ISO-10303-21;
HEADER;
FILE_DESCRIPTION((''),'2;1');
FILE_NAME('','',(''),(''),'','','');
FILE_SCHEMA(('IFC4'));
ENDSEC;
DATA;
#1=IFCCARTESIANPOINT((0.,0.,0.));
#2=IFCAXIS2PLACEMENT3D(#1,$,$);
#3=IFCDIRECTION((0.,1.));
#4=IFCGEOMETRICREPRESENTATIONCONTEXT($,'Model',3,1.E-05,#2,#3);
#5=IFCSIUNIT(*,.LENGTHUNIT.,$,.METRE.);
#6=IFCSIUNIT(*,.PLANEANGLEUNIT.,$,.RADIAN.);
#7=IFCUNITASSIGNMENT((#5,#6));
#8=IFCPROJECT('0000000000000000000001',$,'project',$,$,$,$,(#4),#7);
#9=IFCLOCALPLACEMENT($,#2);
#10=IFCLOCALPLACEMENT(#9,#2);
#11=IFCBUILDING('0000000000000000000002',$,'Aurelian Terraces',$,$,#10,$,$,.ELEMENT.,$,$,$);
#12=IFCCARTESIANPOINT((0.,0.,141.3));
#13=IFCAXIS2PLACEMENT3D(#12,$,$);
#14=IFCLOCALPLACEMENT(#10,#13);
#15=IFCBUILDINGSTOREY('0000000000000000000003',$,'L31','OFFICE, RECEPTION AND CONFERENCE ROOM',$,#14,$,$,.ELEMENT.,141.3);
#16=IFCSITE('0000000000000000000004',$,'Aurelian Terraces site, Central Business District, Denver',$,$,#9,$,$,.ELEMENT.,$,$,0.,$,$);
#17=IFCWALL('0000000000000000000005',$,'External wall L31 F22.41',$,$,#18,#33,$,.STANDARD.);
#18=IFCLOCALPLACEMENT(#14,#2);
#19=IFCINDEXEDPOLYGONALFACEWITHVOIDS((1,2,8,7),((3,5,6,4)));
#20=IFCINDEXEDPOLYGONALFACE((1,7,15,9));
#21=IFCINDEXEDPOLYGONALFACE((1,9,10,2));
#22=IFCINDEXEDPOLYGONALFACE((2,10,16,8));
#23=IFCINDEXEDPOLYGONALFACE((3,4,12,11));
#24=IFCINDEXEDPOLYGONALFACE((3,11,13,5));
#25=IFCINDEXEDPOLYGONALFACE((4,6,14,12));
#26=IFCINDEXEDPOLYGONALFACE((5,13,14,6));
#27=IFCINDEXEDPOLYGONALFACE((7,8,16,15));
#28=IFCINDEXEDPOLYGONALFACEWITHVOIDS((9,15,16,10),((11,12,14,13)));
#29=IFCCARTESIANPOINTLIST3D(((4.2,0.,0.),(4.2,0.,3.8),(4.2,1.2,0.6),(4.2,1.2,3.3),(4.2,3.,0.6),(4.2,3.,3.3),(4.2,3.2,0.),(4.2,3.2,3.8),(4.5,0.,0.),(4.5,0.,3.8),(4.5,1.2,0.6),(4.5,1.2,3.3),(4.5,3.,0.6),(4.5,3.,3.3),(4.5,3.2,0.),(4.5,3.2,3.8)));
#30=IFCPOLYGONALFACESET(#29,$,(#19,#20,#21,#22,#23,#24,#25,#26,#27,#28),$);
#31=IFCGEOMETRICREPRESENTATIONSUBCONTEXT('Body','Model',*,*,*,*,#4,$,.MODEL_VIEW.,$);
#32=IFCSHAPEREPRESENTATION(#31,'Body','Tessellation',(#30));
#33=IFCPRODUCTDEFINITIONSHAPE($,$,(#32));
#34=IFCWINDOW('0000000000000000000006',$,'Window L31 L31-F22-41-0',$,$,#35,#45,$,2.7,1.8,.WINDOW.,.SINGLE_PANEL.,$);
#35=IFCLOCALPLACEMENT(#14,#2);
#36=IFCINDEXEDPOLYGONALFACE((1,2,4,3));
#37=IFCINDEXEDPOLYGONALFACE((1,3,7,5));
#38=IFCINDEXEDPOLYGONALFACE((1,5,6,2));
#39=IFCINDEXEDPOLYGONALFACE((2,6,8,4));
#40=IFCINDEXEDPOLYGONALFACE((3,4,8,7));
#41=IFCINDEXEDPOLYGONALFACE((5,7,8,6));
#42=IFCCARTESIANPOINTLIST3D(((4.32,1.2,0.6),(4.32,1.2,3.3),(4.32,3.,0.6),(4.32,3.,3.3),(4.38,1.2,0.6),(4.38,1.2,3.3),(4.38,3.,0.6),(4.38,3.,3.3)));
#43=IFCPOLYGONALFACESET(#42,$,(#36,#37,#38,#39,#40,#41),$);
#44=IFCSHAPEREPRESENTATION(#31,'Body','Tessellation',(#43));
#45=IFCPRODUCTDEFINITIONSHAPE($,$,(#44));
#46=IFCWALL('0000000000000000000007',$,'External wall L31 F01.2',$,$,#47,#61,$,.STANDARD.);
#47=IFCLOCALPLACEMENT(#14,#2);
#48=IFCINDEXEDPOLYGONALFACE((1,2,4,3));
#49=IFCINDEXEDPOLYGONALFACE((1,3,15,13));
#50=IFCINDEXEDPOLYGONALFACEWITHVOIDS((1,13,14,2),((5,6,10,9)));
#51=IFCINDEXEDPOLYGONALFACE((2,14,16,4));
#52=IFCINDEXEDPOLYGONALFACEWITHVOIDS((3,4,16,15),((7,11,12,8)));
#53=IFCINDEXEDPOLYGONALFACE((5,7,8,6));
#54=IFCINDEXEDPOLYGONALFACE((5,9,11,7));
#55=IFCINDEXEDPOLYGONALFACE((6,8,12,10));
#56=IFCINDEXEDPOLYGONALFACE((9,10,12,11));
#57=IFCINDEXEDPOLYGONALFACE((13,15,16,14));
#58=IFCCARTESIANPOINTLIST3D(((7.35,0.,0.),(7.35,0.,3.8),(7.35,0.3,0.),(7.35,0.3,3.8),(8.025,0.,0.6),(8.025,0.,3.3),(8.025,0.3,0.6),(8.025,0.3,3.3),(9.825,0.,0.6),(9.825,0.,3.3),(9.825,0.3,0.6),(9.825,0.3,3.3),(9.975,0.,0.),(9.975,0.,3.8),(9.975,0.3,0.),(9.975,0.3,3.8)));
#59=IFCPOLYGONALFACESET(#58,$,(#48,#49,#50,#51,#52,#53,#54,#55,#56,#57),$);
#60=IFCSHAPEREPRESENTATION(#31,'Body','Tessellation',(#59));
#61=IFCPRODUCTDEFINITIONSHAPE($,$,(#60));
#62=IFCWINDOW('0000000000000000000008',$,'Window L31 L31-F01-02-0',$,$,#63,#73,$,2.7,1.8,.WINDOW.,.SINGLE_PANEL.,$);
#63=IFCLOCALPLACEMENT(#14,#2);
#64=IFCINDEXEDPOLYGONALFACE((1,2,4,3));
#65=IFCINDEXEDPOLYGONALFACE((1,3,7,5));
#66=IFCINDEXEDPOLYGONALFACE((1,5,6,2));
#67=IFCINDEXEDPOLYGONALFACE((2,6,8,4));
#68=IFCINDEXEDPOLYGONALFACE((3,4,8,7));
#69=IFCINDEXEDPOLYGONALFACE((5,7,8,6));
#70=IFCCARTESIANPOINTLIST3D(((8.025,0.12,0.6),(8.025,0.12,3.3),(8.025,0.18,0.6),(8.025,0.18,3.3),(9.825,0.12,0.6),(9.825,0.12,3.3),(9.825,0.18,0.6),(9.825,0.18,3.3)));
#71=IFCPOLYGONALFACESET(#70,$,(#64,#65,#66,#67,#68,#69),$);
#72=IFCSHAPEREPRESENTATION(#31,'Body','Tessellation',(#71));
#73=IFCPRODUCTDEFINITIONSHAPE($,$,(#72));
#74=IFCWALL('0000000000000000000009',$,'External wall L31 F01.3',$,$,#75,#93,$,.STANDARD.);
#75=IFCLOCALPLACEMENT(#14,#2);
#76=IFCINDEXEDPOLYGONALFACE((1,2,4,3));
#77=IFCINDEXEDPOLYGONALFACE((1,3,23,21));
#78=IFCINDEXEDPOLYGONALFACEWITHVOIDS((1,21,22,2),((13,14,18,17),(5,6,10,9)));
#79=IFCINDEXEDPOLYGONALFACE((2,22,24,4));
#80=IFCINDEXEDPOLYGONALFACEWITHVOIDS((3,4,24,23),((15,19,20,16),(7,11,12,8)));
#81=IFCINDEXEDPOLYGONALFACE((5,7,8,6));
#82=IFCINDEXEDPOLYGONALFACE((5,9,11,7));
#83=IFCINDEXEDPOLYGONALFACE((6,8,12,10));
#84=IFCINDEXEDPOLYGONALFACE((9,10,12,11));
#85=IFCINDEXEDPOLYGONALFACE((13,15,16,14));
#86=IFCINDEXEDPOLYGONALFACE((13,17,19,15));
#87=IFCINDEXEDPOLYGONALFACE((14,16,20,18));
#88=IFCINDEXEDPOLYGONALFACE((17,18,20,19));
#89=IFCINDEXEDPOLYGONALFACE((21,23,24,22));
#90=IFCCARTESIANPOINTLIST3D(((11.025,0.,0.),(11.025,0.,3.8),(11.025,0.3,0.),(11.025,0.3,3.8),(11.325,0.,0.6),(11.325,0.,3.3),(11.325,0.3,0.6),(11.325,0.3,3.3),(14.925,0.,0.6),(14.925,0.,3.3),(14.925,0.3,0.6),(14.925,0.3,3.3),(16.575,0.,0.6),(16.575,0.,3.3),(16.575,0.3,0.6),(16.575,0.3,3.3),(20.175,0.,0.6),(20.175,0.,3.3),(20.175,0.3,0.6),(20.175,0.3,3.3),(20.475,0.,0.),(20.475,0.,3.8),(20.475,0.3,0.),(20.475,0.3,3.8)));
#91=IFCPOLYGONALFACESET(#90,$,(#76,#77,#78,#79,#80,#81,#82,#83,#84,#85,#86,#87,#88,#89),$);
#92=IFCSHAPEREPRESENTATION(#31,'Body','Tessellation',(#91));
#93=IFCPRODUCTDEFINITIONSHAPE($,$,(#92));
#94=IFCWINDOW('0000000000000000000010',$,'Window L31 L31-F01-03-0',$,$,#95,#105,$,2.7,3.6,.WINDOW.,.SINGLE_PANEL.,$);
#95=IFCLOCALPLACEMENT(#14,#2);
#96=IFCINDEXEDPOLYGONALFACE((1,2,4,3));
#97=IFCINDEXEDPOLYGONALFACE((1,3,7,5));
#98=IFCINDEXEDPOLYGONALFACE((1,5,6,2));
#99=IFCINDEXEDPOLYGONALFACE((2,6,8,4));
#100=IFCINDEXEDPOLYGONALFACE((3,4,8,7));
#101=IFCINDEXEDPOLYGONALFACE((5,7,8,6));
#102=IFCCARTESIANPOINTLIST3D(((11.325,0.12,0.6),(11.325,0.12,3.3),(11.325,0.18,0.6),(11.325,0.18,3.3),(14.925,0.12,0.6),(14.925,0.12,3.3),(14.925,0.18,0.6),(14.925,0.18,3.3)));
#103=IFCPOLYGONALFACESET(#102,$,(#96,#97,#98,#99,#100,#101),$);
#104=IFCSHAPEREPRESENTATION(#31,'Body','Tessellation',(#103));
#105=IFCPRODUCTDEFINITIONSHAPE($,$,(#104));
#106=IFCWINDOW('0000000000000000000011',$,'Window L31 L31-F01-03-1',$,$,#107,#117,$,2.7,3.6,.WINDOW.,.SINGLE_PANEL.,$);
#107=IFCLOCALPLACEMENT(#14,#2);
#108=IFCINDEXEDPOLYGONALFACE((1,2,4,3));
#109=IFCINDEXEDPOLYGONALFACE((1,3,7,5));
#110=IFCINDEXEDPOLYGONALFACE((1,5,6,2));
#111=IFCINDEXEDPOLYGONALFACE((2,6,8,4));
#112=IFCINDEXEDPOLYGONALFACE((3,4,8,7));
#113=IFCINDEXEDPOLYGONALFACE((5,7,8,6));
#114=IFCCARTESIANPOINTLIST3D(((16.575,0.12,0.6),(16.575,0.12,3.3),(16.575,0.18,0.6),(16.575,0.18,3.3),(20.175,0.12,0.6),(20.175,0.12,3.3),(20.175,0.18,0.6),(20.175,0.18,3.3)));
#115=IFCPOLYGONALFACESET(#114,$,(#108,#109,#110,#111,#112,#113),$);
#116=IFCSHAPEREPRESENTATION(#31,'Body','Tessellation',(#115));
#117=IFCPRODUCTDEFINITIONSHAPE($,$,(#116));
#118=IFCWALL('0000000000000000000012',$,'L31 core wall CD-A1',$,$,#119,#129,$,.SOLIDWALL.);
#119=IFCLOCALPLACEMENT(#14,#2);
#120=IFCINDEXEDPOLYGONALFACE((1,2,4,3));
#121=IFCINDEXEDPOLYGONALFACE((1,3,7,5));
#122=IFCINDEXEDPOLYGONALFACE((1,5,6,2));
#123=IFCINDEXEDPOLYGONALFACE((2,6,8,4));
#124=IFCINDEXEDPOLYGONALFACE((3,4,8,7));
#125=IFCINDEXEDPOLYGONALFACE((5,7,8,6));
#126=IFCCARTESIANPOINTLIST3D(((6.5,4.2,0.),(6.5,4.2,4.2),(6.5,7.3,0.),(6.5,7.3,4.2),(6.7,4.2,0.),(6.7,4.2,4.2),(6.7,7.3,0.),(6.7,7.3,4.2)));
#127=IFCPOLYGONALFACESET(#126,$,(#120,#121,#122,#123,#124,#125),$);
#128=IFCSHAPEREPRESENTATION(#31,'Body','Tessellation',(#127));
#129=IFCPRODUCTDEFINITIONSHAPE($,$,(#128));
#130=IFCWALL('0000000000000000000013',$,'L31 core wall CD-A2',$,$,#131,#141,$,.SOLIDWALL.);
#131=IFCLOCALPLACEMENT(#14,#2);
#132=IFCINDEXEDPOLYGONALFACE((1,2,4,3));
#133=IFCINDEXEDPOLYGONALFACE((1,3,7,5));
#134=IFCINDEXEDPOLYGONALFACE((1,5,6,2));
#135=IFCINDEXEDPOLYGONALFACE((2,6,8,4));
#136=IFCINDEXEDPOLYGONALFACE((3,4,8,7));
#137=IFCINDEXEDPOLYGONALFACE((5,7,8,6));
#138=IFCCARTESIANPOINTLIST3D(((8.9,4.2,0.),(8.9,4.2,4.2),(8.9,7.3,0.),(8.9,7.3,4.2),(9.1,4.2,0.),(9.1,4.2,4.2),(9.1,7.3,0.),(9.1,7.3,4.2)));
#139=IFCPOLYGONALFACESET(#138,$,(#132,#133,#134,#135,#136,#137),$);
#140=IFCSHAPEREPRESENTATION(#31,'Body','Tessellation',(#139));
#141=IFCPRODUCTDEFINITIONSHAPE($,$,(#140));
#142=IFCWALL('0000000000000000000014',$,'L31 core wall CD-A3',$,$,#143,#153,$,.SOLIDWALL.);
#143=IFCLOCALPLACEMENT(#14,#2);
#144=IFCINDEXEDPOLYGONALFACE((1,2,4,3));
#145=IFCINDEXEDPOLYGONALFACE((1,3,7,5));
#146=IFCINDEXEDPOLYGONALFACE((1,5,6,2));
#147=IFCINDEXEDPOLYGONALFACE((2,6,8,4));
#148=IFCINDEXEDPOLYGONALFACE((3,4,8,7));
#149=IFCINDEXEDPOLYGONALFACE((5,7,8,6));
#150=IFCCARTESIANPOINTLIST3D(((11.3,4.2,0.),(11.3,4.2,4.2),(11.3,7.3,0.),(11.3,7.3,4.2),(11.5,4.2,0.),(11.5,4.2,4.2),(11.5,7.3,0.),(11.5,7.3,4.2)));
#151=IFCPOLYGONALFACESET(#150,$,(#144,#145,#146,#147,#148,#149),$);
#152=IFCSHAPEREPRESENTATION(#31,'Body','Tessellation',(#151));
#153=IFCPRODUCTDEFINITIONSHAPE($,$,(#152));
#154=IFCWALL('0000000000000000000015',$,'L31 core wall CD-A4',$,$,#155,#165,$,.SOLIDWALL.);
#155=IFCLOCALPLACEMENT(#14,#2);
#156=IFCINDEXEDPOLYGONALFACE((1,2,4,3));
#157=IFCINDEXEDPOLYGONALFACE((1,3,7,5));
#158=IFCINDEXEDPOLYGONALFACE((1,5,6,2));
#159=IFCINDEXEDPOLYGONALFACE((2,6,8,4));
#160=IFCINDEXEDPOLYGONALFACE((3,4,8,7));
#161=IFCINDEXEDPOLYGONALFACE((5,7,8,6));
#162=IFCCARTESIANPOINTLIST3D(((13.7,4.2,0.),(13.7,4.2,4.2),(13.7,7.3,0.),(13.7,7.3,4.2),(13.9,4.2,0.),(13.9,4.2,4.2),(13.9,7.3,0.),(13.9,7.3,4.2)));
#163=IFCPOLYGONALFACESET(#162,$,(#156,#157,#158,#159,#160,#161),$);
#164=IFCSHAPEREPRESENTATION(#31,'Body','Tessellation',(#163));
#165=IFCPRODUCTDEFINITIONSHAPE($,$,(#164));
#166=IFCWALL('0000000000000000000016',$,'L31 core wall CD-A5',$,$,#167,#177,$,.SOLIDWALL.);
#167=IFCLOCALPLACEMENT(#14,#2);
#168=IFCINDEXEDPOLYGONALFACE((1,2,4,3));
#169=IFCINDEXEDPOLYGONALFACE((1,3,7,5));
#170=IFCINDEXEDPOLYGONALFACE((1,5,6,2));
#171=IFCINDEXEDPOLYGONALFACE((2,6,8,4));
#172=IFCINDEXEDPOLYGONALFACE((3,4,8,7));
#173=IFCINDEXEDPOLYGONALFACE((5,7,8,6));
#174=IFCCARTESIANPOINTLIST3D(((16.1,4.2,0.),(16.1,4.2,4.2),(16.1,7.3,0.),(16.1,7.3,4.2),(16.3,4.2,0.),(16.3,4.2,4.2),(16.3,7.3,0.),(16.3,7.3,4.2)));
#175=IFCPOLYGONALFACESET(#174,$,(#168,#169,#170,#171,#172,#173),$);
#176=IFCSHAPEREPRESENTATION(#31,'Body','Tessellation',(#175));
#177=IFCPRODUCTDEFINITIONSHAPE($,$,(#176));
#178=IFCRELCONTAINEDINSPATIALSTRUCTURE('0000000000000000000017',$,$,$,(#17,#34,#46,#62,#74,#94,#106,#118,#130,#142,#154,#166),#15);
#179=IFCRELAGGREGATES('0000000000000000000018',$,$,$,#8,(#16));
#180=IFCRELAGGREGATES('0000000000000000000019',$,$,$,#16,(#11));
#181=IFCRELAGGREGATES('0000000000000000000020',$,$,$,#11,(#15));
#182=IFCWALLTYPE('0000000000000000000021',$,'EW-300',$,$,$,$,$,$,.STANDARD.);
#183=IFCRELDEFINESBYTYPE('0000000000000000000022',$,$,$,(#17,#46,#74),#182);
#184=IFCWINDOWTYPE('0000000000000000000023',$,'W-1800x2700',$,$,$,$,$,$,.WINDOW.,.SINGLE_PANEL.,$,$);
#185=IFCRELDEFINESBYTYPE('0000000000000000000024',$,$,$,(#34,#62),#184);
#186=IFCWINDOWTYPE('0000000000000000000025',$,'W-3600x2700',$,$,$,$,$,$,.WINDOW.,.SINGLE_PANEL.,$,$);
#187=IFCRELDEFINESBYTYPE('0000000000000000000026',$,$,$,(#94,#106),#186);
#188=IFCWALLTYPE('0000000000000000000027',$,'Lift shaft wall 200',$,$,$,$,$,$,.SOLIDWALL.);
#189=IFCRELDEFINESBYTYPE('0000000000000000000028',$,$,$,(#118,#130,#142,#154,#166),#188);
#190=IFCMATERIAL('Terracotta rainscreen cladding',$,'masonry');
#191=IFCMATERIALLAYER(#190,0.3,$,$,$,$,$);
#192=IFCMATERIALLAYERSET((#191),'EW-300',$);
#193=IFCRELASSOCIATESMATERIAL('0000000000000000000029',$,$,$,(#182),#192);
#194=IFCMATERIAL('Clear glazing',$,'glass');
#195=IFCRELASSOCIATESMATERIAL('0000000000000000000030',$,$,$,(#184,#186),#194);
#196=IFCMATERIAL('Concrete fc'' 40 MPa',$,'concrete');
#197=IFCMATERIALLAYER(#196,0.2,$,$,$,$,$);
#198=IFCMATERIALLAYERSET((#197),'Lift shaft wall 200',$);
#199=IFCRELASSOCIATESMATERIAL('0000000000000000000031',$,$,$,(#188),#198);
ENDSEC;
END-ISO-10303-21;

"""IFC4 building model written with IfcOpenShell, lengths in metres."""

from ifc_helpers import new_model, si_unit, direction, frame, frame_2d, origin, place, context, subcontext, project, spatial, rectangle, extrude, source, transform, mapped, material, layer, layer_set, type_object, element, fill, save


model = new_model("IFC4")

# Units and contexts
model_context = context("Model", 3, precision=1e-05, world=origin(), true_north=direction((0.0, 1.0)))
body_context = subcontext(model_context, "Body", "Model", "MODEL_VIEW")
ifc_project = project(units=[si_unit("LENGTHUNIT", "METRE"), si_unit("PLANEANGLEUNIT", "RADIAN")], contexts=[model_context])

# Site, building, storey
site_placement = place(None, origin())
site = spatial("IfcSite", under=ifc_project, at=site_placement, Name="Aurelian Terraces site, Central Business District, Denver", CompositionType="ELEMENT", RefElevation=0.0)
building_placement = place(site_placement, origin())
building = spatial("IfcBuilding", under=site, at=building_placement, Name="Aurelian Terraces", CompositionType="ELEMENT")
storey_placement = place(building_placement, frame((0.0, 0.0, 141.3)))
storey = spatial("IfcBuildingStorey", under=building, at=storey_placement, Name="L31", Description="OFFICE, RECEPTION AND CONFERENCE ROOM", CompositionType="ELEMENT", Elevation=141.3)

# Shared definitions
ifc_material_1 = material(Name="Terracotta rainscreen cladding", Category="masonry")
ifc_layer_1 = layer(ifc_material_1, 0.3)
ifc_layer_set_1 = layer_set([ifc_layer_1], Name="EW-300")
wall_type_1 = type_object("IfcWallType", Name="EW-300", PredefinedType="STANDARD", material=ifc_layer_set_1)
ifc_material_2 = material(Name="Clear glazing", Category="glass")

# Walls, openings, windows
shared_shape_1 = source(origin(), body_context, "Body", "SweptSolid", [
    extrude(rectangle(XDim=3.2, YDim=0.3, at=frame_2d((1.6, 0.0))), origin(), (0.0, 0.0, 1.0), 3.8),
])
wall_1_placement = place(storey_placement, frame((4.35, 3.2, 0.0), z_axis=(0.0, 0.0, 1.0), x_axis=(0.0, -1.0, 0.0)))
wall_1 = element("IfcWall", 1, at=wall_1_placement, inside=storey, type_object=wall_type_1, Name="External wall L31 F22.41", PredefinedType="STANDARD", context=body_context, shape_type="MappedRepresentation", body=[
    mapped(shared_shape_1, transform((0.0, 0.0, 0.0), scale=1.0)),
])
shared_shape_2 = source(origin(), body_context, "Body", "SweptSolid", [
    extrude(rectangle(XDim=1.8, YDim=2.7, at=frame_2d((0.9, 1.35))), frame((0.0, 0.16, 0.0), z_axis=(0.0, -1.0, 0.0), x_axis=(1.0, 0.0, 0.0)), (0.0, 0.0, 1.0), 0.32),
])
opening_1_placement = place(wall_1_placement, frame((0.2, 0.0, 0.6)))
opening_1 = element("IfcOpeningElement", 2, at=opening_1_placement, cuts=wall_1, PredefinedType="OPENING", context=body_context, shape_type="MappedRepresentation", body=[
    mapped(shared_shape_2, transform((0.0, 0.0, 0.0), scale=1.0)),
])
window_type_1 = type_object("IfcWindowType", Name="W-1800x2700", PartitioningType="SINGLE_PANEL", PredefinedType="WINDOW", material=ifc_material_2)
shared_shape_3 = source(origin(), body_context, "Body", "SweptSolid", [
    extrude(rectangle(XDim=1.8, YDim=2.7, at=frame_2d((0.9, 1.35))), frame((0.0, 0.03, 0.0), z_axis=(0.0, -1.0, 0.0), x_axis=(1.0, 0.0, 0.0)), (0.0, 0.0, 1.0), 0.06),
])
window_1_placement = place(opening_1_placement, origin())
window_1 = element("IfcWindow", 3, at=window_1_placement, inside=storey, type_object=window_type_1, Name="Window L31 L31-F22-41-0", OverallHeight=2.7, OverallWidth=1.8, PartitioningType="SINGLE_PANEL", PredefinedType="WINDOW", context=body_context, shape_type="MappedRepresentation", body=[
    mapped(shared_shape_3, transform((0.0, 0.0, 0.0), scale=1.0)),
])
fill(opening_1, window_1)
shared_shape_4 = source(origin(), body_context, "Body", "SweptSolid", [
    extrude(rectangle(XDim=2.625, YDim=0.3, at=frame_2d((1.3125, 0.0))), origin(), (0.0, 0.0, 1.0), 3.8),
])
wall_2_placement = place(storey_placement, frame((7.35, 0.15, 0.0), z_axis=(0.0, 0.0, 1.0), x_axis=(1.0, 0.0, 0.0)))
wall_2 = element("IfcWall", 4, at=wall_2_placement, inside=storey, type_object=wall_type_1, Name="External wall L31 F01.2", PredefinedType="STANDARD", context=body_context, shape_type="MappedRepresentation", body=[
    mapped(shared_shape_4, transform((0.0, 0.0, 0.0), scale=1.0)),
])
opening_2_placement = place(wall_2_placement, frame((0.675, 0.0, 0.6)))
opening_2 = element("IfcOpeningElement", 5, at=opening_2_placement, cuts=wall_2, PredefinedType="OPENING", context=body_context, shape_type="MappedRepresentation", body=[
    mapped(shared_shape_2, transform((0.0, 0.0, 0.0), scale=1.0)),
])
window_2_placement = place(opening_2_placement, origin())
window_2 = element("IfcWindow", 6, at=window_2_placement, inside=storey, type_object=window_type_1, Name="Window L31 L31-F01-02-0", OverallHeight=2.7, OverallWidth=1.8, PartitioningType="SINGLE_PANEL", PredefinedType="WINDOW", context=body_context, shape_type="MappedRepresentation", body=[
    mapped(shared_shape_3, transform((0.0, 0.0, 0.0), scale=1.0)),
])
fill(opening_2, window_2)

# Wall, openings, windows
shared_shape_5 = source(origin(), body_context, "Body", "SweptSolid", [
    extrude(rectangle(XDim=9.45, YDim=0.3, at=frame_2d((4.725, 0.0))), origin(), (0.0, 0.0, 1.0), 3.8),
])
wall_3_placement = place(storey_placement, frame((11.025, 0.15, 0.0), z_axis=(0.0, 0.0, 1.0), x_axis=(1.0, 0.0, 0.0)))
wall_3 = element("IfcWall", 7, at=wall_3_placement, inside=storey, type_object=wall_type_1, Name="External wall L31 F01.3", PredefinedType="STANDARD", context=body_context, shape_type="MappedRepresentation", body=[
    mapped(shared_shape_5, transform((0.0, 0.0, 0.0), scale=1.0)),
])
shared_shape_6 = source(origin(), body_context, "Body", "SweptSolid", [
    extrude(rectangle(XDim=3.6, YDim=2.7, at=frame_2d((1.8, 1.35))), frame((0.0, 0.16, 0.0), z_axis=(0.0, -1.0, 0.0), x_axis=(1.0, 0.0, 0.0)), (0.0, 0.0, 1.0), 0.32),
])
opening_3_placement = place(wall_3_placement, frame((0.3, 0.0, 0.6)))
opening_3 = element("IfcOpeningElement", 8, at=opening_3_placement, cuts=wall_3, PredefinedType="OPENING", context=body_context, shape_type="MappedRepresentation", body=[
    mapped(shared_shape_6, transform((0.0, 0.0, 0.0), scale=1.0)),
])
opening_4_placement = place(wall_3_placement, frame((5.55, 0.0, 0.6)))
opening_4 = element("IfcOpeningElement", 9, at=opening_4_placement, cuts=wall_3, PredefinedType="OPENING", context=body_context, shape_type="MappedRepresentation", body=[
    mapped(shared_shape_6, transform((0.0, 0.0, 0.0), scale=1.0)),
])
window_type_2 = type_object("IfcWindowType", Name="W-3600x2700", PartitioningType="SINGLE_PANEL", PredefinedType="WINDOW", material=ifc_material_2)
shared_shape_7 = source(origin(), body_context, "Body", "SweptSolid", [
    extrude(rectangle(XDim=3.6, YDim=2.7, at=frame_2d((1.8, 1.35))), frame((0.0, 0.03, 0.0), z_axis=(0.0, -1.0, 0.0), x_axis=(1.0, 0.0, 0.0)), (0.0, 0.0, 1.0), 0.06),
])
window_3_placement = place(opening_3_placement, origin())
window_3 = element("IfcWindow", 10, at=window_3_placement, inside=storey, type_object=window_type_2, Name="Window L31 L31-F01-03-0", OverallHeight=2.7, OverallWidth=3.6, PartitioningType="SINGLE_PANEL", PredefinedType="WINDOW", context=body_context, shape_type="MappedRepresentation", body=[
    mapped(shared_shape_7, transform((0.0, 0.0, 0.0), scale=1.0)),
])
fill(opening_3, window_3)
window_4_placement = place(opening_4_placement, origin())
window_4 = element("IfcWindow", 11, at=window_4_placement, inside=storey, type_object=window_type_2, Name="Window L31 L31-F01-03-1", OverallHeight=2.7, OverallWidth=3.6, PartitioningType="SINGLE_PANEL", PredefinedType="WINDOW", context=body_context, shape_type="MappedRepresentation", body=[
    mapped(shared_shape_7, transform((0.0, 0.0, 0.0), scale=1.0)),
])
fill(opening_4, window_4)

# Walls
ifc_material_3 = material(Name="Concrete fc' 40 MPa", Category="concrete")
ifc_layer_2 = layer(ifc_material_3, 0.2)
ifc_layer_set_2 = layer_set([ifc_layer_2], Name="Lift shaft wall 200")
wall_type_2 = type_object("IfcWallType", Name="Lift shaft wall 200", PredefinedType="SOLIDWALL", material=ifc_layer_set_2)
shared_shape_8 = source(origin(), body_context, "Body", "SweptSolid", [
    extrude(rectangle(XDim=3.1, YDim=0.2, at=frame_2d((1.55, 0.0))), origin(), (0.0, 0.0, 1.0), 4.2),
])
for number, where, z_axis, x_axis, name in (
    (12, (6.6, 4.2, 0.0), (0.0, 0.0, 1.0), (0.0, 1.0, 0.0), "L31 core wall CD-A1"),
    (13, (9.0, 4.2, 0.0), (0.0, 0.0, 1.0), (0.0, 1.0, 0.0), "L31 core wall CD-A2"),
    (14, (11.4, 4.2, 0.0), (0.0, 0.0, 1.0), (0.0, 1.0, 0.0), "L31 core wall CD-A3"),
    (15, (13.8, 4.2, 0.0), (0.0, 0.0, 1.0), (0.0, 1.0, 0.0), "L31 core wall CD-A4"),
    (16, (16.2, 4.2, 0.0), (0.0, 0.0, 1.0), (0.0, 1.0, 0.0), "L31 core wall CD-A5"),
):
    element("IfcWall", number, at=place(storey_placement, frame(where, z_axis=z_axis, x_axis=x_axis)), inside=storey, type_object=wall_type_2, Name=name, PredefinedType="SOLIDWALL", context=body_context, shape_type="MappedRepresentation", body=[
        mapped(shared_shape_8, transform((0.0, 0.0, 0.0), scale=1.0)),
    ])

save(model, "model.ifc")
